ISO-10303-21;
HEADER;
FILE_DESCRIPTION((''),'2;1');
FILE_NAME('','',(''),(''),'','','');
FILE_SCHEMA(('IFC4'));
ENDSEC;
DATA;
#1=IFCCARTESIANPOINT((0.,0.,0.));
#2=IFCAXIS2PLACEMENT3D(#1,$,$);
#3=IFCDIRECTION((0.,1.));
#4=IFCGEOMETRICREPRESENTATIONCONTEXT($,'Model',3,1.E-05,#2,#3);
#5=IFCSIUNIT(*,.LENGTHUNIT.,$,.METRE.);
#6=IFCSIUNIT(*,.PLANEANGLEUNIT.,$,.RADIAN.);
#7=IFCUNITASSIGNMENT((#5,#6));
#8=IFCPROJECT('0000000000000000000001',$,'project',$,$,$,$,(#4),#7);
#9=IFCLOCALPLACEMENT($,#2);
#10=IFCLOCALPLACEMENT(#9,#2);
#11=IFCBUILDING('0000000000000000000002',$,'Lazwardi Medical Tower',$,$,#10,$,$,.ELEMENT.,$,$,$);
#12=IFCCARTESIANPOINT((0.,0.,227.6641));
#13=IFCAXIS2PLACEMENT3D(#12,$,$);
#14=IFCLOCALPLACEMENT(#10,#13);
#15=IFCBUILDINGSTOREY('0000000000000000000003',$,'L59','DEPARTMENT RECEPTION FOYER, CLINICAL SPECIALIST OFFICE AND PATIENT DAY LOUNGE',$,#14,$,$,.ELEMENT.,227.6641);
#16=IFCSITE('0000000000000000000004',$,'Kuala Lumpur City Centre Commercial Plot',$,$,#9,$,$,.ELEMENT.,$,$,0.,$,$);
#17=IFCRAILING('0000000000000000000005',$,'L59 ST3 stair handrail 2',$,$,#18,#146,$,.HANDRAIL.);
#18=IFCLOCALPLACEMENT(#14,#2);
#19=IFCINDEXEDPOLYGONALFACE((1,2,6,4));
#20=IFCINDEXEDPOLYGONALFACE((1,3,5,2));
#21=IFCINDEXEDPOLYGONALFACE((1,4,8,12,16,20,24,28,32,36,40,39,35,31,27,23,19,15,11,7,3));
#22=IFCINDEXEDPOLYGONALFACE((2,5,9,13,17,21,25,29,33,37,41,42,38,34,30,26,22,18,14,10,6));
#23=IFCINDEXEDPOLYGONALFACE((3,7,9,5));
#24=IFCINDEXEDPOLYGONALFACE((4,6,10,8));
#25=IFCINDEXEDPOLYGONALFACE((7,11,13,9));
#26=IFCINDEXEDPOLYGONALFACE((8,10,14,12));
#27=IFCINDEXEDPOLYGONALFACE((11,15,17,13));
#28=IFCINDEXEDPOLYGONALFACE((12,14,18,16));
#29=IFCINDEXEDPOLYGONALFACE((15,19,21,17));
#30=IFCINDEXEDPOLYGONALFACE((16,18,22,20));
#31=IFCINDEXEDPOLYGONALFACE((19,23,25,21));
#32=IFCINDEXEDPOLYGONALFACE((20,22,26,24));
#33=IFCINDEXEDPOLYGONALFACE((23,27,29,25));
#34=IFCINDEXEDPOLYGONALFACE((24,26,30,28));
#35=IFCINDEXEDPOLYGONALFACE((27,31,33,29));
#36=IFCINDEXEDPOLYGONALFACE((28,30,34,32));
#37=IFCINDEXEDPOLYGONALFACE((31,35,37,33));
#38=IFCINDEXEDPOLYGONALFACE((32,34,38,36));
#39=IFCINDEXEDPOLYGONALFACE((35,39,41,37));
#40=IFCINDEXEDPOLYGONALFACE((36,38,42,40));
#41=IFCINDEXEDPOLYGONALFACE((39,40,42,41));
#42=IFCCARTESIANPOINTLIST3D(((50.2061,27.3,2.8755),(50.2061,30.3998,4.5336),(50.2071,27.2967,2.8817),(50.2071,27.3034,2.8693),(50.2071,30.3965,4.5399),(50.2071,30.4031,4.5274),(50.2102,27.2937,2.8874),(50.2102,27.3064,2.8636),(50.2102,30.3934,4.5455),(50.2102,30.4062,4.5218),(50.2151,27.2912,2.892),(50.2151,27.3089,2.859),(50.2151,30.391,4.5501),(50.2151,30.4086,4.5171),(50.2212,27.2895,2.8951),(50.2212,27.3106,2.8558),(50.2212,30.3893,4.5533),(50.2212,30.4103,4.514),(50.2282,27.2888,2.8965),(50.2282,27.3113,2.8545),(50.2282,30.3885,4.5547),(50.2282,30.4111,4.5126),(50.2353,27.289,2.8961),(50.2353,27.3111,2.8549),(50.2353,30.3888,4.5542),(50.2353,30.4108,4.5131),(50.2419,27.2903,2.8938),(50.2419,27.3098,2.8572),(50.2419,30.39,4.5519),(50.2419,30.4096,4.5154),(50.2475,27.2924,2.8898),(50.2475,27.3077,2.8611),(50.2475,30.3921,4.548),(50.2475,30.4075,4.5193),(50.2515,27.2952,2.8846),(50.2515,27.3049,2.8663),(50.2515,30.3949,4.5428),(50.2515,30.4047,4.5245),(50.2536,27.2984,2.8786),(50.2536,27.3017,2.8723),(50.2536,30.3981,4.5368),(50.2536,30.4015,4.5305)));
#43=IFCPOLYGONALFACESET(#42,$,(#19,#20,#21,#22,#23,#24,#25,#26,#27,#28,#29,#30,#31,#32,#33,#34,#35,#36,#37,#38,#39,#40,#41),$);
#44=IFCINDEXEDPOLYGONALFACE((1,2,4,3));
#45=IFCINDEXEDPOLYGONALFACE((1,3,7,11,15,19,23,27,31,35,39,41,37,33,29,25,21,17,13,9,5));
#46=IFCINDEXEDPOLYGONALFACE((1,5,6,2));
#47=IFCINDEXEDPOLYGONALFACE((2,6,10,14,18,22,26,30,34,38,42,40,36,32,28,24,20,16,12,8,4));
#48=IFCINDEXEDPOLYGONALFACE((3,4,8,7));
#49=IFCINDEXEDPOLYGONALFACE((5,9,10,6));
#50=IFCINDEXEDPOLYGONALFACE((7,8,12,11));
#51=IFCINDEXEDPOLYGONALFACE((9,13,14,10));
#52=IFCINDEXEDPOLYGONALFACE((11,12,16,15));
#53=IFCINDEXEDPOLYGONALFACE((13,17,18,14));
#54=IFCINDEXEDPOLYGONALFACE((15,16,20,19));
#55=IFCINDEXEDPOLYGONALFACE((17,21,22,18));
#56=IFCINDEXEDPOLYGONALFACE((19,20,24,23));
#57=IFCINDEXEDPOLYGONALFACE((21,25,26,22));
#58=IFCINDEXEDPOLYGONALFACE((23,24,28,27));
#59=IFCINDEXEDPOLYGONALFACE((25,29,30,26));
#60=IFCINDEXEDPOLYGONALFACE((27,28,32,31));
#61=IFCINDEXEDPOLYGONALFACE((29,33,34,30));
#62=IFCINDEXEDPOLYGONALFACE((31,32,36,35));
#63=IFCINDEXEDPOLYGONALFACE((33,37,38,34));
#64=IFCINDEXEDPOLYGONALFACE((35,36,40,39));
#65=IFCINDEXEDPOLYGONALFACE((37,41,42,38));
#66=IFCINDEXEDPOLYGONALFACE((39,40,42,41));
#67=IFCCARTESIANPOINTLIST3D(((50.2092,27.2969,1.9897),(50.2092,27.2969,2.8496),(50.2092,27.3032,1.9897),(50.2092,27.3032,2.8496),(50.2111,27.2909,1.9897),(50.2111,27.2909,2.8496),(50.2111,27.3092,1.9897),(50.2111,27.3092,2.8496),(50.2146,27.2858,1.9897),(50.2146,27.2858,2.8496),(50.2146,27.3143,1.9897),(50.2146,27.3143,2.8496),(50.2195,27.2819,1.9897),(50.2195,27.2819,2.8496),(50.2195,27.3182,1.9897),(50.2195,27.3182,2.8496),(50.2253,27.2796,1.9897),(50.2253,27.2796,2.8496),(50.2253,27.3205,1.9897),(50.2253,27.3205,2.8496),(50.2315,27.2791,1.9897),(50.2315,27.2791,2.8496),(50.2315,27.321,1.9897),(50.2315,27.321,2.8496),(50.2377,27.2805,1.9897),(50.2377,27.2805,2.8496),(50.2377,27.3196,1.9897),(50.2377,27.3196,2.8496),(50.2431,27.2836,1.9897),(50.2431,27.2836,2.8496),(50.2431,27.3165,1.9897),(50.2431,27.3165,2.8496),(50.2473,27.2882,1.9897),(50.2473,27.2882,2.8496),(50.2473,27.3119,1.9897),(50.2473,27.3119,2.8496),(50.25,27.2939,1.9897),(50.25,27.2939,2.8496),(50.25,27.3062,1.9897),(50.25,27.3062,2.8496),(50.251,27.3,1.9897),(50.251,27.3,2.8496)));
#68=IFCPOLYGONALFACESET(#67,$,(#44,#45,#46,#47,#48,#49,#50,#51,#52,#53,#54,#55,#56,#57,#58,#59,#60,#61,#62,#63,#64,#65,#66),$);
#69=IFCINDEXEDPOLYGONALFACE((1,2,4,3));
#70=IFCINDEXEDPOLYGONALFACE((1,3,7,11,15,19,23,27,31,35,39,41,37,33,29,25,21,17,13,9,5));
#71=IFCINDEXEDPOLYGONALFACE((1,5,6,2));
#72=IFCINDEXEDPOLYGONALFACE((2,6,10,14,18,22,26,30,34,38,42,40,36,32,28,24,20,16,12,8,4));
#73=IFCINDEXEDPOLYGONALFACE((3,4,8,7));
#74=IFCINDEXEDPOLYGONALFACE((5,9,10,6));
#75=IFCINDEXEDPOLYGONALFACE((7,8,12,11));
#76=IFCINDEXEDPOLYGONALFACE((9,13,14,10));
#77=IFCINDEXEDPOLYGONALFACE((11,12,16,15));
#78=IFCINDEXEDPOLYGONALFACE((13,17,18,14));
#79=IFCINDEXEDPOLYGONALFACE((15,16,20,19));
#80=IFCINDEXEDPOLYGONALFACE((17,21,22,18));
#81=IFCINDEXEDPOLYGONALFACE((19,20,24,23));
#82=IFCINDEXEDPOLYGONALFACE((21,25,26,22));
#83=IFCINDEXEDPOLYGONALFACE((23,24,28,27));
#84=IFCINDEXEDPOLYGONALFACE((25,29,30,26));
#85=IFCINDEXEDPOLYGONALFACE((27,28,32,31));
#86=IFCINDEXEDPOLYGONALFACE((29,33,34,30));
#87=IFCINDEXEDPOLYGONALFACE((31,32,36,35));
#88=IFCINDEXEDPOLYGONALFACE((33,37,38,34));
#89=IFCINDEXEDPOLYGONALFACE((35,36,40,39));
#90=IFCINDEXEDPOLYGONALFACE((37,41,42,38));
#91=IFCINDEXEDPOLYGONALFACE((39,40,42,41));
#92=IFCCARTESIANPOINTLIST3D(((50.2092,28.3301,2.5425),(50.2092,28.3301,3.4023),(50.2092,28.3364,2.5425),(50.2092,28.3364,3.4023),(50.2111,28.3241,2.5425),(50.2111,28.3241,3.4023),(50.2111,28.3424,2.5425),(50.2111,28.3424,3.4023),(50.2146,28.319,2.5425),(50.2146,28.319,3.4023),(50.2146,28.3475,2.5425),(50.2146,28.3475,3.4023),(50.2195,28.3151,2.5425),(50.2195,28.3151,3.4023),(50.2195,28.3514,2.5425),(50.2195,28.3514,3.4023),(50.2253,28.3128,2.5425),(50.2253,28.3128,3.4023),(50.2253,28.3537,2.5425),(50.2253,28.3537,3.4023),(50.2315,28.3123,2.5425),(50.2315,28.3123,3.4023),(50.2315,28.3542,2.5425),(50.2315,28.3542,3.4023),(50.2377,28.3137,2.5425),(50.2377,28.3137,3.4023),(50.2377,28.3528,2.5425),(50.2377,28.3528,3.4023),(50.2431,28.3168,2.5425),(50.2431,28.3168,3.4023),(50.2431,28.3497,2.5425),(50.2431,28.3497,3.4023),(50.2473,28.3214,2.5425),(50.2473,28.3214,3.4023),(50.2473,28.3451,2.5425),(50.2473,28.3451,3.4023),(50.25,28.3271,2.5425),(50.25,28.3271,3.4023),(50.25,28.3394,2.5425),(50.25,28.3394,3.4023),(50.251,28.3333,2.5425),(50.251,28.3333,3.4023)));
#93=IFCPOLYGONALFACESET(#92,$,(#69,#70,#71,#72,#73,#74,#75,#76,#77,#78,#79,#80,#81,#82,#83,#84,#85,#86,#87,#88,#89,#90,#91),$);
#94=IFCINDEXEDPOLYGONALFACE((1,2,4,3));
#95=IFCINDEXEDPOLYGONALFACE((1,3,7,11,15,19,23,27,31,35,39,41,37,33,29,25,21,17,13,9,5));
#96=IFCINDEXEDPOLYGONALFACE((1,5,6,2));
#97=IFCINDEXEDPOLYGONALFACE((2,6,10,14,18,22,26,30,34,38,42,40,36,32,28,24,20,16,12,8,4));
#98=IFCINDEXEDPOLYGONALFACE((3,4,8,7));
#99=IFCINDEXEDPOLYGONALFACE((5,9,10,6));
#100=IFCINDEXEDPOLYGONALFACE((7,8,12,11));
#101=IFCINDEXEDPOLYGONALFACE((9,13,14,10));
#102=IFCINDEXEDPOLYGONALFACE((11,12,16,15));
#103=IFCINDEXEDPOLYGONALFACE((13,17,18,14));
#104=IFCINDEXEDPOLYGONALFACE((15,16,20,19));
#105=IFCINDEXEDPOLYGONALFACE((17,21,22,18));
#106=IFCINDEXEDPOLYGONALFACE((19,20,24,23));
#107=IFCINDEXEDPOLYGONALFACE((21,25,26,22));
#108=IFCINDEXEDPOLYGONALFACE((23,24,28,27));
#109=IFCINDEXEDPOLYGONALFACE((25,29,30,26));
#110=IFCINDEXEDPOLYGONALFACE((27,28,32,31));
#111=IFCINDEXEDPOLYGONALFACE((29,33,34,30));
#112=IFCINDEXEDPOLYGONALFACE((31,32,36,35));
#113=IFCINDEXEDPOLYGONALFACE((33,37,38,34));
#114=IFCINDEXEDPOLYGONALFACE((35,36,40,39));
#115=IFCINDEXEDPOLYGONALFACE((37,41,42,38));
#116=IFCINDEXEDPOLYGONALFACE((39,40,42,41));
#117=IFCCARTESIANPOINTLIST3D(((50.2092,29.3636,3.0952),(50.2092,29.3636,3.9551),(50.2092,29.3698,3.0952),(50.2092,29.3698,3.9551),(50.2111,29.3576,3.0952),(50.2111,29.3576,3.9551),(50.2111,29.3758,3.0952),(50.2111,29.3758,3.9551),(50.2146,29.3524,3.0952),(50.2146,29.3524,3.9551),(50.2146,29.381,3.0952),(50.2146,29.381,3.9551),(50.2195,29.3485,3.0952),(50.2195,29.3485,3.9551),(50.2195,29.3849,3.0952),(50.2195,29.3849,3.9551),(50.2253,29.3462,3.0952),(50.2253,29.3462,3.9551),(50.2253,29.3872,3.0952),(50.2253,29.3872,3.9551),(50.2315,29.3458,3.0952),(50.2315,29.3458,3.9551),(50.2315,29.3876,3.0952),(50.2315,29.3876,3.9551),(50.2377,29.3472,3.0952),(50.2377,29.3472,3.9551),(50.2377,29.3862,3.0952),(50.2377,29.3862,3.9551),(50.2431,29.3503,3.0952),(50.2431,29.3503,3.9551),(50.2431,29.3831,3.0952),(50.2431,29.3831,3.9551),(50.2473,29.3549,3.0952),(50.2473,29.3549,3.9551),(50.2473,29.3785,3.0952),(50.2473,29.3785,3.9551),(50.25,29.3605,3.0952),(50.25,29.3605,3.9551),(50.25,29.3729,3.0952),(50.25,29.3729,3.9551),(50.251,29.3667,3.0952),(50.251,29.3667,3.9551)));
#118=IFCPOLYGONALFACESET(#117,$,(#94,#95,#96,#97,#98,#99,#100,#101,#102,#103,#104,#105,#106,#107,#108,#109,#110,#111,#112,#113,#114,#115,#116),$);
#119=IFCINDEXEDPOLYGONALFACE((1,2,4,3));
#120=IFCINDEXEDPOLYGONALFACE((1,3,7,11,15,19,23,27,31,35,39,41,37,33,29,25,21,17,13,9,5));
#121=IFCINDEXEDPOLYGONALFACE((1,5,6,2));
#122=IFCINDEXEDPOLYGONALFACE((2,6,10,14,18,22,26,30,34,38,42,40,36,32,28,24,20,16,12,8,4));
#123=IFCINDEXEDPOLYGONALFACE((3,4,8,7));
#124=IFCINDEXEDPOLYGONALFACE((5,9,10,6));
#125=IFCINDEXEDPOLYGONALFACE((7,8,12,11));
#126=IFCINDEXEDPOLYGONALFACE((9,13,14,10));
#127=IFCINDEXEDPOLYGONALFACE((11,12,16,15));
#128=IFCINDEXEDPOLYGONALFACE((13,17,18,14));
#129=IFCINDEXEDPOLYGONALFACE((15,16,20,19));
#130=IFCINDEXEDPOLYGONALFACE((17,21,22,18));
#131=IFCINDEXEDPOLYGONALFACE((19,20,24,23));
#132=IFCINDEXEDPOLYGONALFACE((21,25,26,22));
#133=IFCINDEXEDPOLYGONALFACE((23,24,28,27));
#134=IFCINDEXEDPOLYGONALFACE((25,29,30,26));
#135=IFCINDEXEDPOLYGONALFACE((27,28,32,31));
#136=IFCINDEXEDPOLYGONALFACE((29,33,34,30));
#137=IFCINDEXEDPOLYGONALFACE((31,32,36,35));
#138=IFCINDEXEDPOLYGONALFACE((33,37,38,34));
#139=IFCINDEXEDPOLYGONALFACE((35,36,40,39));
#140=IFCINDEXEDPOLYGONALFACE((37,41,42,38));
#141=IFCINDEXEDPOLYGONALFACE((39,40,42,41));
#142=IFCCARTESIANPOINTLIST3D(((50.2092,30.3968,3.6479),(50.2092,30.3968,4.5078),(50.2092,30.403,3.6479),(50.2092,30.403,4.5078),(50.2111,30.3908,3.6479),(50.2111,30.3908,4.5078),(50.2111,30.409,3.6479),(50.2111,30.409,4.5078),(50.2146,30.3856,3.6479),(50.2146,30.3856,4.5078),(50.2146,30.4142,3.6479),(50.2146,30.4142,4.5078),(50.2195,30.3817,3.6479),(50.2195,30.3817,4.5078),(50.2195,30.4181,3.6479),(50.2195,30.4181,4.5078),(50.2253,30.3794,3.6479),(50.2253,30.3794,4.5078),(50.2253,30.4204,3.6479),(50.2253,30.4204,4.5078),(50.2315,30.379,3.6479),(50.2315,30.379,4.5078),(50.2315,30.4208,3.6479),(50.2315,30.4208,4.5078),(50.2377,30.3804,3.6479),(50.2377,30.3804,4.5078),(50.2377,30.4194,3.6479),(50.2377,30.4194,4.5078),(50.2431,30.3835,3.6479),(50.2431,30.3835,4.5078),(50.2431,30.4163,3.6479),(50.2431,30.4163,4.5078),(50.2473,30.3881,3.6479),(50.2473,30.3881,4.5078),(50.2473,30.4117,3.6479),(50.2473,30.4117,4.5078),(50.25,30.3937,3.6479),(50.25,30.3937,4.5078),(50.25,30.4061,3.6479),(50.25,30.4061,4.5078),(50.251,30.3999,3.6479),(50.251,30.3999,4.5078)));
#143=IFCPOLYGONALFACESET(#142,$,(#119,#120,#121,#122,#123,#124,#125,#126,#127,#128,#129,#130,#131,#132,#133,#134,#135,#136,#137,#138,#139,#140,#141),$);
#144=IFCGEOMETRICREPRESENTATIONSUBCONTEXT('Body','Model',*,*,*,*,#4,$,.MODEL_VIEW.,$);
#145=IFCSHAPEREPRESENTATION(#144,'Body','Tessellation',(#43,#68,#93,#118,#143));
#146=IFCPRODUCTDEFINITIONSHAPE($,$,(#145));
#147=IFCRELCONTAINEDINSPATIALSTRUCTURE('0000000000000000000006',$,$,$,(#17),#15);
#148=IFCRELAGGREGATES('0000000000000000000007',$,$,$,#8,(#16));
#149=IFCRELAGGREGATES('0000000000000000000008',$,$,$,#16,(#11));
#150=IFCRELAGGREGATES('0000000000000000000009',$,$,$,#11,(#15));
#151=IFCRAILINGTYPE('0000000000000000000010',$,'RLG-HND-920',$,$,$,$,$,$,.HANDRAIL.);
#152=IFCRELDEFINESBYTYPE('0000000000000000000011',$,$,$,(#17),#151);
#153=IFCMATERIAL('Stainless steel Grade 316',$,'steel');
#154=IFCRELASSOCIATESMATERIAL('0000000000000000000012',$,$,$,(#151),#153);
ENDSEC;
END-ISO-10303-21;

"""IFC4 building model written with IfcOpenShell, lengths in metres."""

from ifc_helpers import new_model, si_unit, direction, frame, origin, origin_2d, place, context, subcontext, project, spatial, circle, extrude, material, type_object, element, save


model = new_model("IFC4")

# Units and contexts
model_context = context("Model", 3, precision=1e-05, world=origin(), true_north=direction((0.0, 1.0)))
body_context = subcontext(model_context, "Body", "Model", "MODEL_VIEW")
ifc_project = project(units=[si_unit("LENGTHUNIT", "METRE"), si_unit("PLANEANGLEUNIT", "RADIAN")], contexts=[model_context])

# Site, building, storey
site_placement = place(None, origin())
site = spatial("IfcSite", under=ifc_project, at=site_placement, Name="Kuala Lumpur City Centre Commercial Plot", CompositionType="ELEMENT", RefElevation=0.0)
building_placement = place(site_placement, origin())
building = spatial("IfcBuilding", under=site, at=building_placement, Name="Lazwardi Medical Tower", CompositionType="ELEMENT")
storey_placement = place(building_placement, frame((0.0, 0.0, 227.6641)))
storey = spatial("IfcBuildingStorey", under=building, at=storey_placement, Name="L59", Description="DEPARTMENT RECEPTION FOYER, CLINICAL SPECIALIST OFFICE AND PATIENT DAY LOUNGE", CompositionType="ELEMENT", Elevation=227.6641)

# Railing
ifc_material_1 = material(Name="Stainless steel Grade 316", Category="steel")
railing_type_1 = type_object("IfcRailingType", Name="RLG-HND-920", PredefinedType="HANDRAIL", material=ifc_material_1)
railing_1_placement = place(storey_placement, frame((50.23, 27.3, 1.9897)))
element("IfcRailing", 1, at=railing_1_placement, inside=storey, type_object=railing_type_1, Name="L59 ST3 stair handrail 2", PredefinedType="HANDRAIL", context=body_context, shape_type="SweptSolid", body=[
    extrude(circle(Radius=0.0239, at=origin_2d()), frame((0.0, 0.0, 0.8857), z_axis=(0.0, 0.881768, 0.471684), x_axis=(-1.0, 0.0, 0.0)), (0.0, 0.0, 1.0), 3.5154),
    extrude(circle(Radius=0.021, at=origin_2d()), origin(), (0.0, 0.0, 1.0), 0.8599),
    extrude(circle(Radius=0.021, at=origin_2d()), frame((0.0, 1.0332, 0.5527)), (0.0, 0.0, 1.0), 0.8599),
    extrude(circle(Radius=0.021, at=origin_2d()), frame((0.0, 2.0667, 1.1055)), (0.0, 0.0, 1.0), 0.8599),
    extrude(circle(Radius=0.021, at=origin_2d()), frame((0.0, 3.0999, 1.6582)), (0.0, 0.0, 1.0), 0.8599),
])

save(model, "model.ifc")
